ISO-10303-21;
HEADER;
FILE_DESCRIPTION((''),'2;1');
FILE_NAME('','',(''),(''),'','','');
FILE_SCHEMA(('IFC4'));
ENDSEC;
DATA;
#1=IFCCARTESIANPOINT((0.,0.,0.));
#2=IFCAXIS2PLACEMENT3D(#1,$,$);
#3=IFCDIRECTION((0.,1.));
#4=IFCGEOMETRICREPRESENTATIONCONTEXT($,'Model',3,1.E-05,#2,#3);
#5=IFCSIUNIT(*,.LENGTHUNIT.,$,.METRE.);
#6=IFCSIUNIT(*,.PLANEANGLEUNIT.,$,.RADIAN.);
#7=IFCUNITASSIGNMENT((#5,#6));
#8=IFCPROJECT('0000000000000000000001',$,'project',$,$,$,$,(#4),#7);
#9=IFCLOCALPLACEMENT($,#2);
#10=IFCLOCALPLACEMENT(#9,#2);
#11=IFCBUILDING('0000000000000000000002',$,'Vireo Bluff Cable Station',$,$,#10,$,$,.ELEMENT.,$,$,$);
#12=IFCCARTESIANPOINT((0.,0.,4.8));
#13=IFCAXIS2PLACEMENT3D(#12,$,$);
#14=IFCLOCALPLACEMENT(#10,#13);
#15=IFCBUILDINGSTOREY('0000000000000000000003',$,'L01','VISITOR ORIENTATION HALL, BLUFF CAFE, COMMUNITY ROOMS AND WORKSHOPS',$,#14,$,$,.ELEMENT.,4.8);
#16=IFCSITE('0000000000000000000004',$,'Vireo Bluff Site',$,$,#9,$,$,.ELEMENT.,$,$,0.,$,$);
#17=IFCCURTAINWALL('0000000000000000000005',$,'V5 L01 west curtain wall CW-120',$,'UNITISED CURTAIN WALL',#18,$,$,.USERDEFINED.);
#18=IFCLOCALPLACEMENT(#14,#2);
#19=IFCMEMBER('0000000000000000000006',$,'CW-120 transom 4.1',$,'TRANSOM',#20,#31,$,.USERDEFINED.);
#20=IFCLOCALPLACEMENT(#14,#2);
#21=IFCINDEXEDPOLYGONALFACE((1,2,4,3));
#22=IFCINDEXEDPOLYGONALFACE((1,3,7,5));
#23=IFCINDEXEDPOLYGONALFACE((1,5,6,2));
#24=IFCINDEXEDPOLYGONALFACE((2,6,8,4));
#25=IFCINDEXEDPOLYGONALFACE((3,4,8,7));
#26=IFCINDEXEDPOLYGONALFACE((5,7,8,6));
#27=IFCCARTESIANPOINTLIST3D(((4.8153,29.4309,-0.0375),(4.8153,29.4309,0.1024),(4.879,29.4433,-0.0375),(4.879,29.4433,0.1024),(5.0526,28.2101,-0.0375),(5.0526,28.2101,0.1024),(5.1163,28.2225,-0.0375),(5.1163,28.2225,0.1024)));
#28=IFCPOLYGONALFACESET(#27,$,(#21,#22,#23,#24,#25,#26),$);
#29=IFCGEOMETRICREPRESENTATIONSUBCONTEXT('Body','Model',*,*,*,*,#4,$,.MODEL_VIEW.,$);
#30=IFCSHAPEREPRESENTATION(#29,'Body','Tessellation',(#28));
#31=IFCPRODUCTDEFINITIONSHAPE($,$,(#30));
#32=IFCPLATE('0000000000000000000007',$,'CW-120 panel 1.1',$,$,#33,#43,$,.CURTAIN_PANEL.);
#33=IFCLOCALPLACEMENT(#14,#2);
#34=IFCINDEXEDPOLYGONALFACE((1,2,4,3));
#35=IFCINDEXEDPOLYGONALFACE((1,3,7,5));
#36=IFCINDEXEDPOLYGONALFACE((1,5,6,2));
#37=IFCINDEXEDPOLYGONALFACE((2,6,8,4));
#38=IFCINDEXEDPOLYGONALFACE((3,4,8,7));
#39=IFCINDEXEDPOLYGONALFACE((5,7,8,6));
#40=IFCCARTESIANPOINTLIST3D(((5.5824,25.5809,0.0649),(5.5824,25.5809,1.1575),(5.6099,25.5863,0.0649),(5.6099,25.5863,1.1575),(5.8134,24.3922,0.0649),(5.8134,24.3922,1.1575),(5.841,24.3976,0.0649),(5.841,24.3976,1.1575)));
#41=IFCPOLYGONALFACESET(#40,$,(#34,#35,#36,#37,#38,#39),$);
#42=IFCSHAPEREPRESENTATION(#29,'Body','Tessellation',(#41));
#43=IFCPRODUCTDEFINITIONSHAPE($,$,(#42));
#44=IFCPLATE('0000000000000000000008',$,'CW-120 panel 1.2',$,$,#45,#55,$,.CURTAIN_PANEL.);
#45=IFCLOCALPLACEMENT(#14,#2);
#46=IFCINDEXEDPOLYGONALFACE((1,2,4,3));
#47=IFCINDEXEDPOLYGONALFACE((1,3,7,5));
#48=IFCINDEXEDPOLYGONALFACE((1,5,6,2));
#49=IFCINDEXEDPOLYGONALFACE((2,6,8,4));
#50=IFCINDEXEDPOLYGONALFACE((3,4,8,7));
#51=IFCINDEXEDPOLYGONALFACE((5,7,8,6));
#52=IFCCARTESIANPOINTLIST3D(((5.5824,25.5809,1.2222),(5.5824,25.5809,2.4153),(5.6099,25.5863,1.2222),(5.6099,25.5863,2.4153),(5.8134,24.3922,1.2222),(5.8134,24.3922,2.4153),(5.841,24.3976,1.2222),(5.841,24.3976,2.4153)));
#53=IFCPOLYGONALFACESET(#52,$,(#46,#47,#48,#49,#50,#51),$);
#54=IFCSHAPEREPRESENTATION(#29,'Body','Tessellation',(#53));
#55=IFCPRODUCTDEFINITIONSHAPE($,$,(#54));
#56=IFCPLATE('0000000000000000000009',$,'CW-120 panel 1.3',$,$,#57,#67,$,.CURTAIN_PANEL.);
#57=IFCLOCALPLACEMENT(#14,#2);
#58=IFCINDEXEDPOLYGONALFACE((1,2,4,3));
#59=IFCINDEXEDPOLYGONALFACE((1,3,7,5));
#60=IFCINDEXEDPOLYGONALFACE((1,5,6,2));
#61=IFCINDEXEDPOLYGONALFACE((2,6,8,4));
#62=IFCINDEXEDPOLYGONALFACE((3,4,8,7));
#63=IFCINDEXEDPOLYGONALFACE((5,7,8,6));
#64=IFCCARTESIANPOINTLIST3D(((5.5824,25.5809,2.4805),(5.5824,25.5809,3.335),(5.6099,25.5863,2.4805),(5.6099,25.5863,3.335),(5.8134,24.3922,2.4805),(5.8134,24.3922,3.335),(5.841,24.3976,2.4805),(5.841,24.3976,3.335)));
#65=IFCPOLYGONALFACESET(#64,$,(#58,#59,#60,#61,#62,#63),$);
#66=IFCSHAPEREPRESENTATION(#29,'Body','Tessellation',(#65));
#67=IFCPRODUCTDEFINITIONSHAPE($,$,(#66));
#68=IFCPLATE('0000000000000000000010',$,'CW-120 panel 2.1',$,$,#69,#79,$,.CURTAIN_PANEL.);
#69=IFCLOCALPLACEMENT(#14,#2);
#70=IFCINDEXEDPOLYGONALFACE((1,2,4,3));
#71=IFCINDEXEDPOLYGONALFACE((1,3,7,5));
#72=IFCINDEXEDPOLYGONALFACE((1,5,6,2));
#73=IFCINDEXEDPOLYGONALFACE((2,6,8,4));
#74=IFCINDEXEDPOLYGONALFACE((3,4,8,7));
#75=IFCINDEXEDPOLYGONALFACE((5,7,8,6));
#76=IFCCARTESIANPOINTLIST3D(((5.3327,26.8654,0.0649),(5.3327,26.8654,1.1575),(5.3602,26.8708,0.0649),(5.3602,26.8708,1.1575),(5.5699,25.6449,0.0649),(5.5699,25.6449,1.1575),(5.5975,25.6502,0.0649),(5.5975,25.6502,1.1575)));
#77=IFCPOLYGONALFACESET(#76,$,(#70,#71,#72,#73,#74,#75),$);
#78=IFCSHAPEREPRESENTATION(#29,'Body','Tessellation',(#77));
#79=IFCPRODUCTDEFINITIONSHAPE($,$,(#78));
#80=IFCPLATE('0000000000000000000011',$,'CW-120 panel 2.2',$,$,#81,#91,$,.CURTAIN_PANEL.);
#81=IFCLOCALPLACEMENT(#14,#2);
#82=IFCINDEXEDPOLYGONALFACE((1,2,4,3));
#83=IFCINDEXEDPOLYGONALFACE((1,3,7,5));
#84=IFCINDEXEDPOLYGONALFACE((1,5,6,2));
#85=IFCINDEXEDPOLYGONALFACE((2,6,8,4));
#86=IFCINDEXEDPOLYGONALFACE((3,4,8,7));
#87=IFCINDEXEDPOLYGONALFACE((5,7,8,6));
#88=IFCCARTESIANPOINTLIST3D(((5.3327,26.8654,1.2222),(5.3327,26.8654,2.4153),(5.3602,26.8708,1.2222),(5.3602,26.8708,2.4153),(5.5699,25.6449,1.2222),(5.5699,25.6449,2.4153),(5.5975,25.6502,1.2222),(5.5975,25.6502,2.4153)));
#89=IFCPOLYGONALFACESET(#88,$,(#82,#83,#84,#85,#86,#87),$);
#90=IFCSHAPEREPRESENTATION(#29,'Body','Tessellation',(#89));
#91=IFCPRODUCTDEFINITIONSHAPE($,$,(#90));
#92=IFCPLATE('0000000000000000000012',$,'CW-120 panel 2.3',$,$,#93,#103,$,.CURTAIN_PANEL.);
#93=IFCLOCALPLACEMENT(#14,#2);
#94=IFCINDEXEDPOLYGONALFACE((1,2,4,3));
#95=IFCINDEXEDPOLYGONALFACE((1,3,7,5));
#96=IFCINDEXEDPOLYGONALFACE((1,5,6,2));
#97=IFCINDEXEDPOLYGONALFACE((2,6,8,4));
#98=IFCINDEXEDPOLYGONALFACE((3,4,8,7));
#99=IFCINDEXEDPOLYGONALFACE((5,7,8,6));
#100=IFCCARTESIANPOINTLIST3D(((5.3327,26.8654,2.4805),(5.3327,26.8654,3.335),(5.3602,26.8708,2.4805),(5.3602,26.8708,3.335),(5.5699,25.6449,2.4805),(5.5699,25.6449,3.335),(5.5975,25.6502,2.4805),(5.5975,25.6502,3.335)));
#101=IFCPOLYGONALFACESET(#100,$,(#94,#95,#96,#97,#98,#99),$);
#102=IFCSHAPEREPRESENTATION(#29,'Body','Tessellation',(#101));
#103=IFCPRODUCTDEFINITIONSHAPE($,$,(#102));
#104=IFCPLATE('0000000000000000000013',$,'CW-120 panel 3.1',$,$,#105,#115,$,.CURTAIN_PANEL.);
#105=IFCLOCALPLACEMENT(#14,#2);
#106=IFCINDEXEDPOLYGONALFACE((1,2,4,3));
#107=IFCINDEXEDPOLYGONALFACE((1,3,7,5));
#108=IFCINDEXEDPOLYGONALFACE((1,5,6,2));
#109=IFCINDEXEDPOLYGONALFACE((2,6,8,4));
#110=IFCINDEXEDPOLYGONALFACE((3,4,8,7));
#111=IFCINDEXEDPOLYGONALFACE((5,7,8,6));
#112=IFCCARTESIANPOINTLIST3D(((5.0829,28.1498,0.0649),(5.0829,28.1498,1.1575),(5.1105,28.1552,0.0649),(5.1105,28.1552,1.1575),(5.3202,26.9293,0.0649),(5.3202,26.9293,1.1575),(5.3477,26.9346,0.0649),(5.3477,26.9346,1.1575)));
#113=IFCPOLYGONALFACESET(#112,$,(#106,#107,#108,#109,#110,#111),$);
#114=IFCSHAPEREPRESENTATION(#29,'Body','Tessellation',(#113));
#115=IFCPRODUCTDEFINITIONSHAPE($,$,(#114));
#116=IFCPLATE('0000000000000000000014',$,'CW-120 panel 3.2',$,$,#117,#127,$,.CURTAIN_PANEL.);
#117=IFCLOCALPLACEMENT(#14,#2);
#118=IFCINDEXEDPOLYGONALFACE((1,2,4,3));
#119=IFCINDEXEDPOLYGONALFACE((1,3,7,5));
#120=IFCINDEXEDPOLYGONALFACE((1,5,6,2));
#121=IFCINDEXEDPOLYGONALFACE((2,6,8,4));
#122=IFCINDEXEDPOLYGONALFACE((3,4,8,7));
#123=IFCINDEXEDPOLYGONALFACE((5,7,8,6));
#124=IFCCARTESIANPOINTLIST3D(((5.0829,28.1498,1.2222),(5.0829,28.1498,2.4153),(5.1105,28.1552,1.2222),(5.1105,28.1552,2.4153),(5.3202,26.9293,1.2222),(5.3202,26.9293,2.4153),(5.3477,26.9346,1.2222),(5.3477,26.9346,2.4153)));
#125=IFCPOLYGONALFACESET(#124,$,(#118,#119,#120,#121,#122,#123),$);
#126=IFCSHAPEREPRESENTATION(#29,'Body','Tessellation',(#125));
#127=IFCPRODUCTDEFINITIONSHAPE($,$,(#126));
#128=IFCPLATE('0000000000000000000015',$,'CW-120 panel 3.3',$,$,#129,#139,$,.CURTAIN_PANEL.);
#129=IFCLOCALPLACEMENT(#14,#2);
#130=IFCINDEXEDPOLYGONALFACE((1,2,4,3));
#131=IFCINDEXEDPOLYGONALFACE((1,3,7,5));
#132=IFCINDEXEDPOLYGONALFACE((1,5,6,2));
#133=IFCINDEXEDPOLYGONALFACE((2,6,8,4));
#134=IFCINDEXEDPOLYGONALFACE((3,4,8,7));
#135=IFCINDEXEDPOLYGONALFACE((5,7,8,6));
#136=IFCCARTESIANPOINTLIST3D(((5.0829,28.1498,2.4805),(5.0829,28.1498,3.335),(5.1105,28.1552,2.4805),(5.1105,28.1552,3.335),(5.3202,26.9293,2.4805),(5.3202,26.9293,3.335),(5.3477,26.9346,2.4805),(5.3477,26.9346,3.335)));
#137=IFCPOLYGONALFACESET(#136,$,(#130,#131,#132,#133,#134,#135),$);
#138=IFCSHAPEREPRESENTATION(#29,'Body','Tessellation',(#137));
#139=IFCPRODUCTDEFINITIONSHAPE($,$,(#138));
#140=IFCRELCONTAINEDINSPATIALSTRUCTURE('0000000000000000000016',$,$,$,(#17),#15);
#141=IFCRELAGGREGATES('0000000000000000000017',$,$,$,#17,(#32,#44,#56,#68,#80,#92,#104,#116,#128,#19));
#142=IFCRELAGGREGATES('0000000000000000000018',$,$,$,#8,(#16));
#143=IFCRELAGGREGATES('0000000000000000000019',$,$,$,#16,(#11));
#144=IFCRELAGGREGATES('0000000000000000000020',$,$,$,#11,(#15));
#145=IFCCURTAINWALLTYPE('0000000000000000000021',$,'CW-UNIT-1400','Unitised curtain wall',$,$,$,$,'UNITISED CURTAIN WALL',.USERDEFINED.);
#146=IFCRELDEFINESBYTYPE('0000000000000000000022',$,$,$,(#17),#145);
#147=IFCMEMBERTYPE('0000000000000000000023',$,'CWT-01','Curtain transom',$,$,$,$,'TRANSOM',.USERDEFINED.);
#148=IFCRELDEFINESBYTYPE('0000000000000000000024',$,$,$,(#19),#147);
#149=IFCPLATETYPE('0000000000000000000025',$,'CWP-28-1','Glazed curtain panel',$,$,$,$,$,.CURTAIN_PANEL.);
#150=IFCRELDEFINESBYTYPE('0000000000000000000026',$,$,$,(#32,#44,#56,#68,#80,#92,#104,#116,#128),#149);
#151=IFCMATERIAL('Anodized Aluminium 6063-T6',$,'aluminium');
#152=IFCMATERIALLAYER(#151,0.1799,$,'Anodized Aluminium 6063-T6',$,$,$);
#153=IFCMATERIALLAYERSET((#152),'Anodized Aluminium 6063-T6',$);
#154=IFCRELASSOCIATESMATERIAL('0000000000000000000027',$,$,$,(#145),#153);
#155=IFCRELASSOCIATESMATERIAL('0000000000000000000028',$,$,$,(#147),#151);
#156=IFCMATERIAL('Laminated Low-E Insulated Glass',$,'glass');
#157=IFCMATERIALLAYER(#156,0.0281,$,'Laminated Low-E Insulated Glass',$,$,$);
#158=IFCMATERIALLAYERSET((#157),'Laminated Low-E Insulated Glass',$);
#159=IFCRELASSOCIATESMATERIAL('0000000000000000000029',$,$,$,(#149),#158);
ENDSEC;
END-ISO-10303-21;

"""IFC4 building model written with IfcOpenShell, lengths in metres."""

from ifc_helpers import new_model, si_unit, direction, frame, origin, origin_2d, place, context, subcontext, project, spatial, rectangle, extrude, material, layer, layer_set, material_profile, profile_set, type_object, element, aggregate, save


model = new_model("IFC4")

# Units and contexts
model_context = context("Model", 3, precision=1e-05, world=origin(), true_north=direction((0.0, 1.0)))
body_context = subcontext(model_context, "Body", "Model", "MODEL_VIEW")
ifc_project = project(units=[si_unit("LENGTHUNIT", "METRE"), si_unit("PLANEANGLEUNIT", "RADIAN")], contexts=[model_context])

# Site, building, storey
site_placement = place(None, origin())
site = spatial("IfcSite", under=ifc_project, at=site_placement, Name="Vireo Bluff Site", CompositionType="ELEMENT", RefElevation=0.0)
building_placement = place(site_placement, origin())
building = spatial("IfcBuilding", under=site, at=building_placement, Name="Vireo Bluff Cable Station", CompositionType="ELEMENT")
storey_placement = place(building_placement, frame((0.0, 0.0, 4.8)))
storey = spatial("IfcBuildingStorey", under=building, at=storey_placement, Name="L01", Description="VISITOR ORIENTATION HALL, BLUFF CAFE, COMMUNITY ROOMS AND WORKSHOPS", CompositionType="ELEMENT", Elevation=4.8)

# Curtain wall, member, plates
ifc_material_1 = material(Name="Anodized Aluminium 6063-T6", Category="aluminium")
ifc_layer_1 = layer(ifc_material_1, 0.1799, Name="Anodized Aluminium 6063-T6")
ifc_layer_set_1 = layer_set([ifc_layer_1], Name="Anodized Aluminium 6063-T6")
curtain_wall_type = type_object("IfcCurtainWallType", Name="CW-UNIT-1400", Description="Unitised curtain wall", ElementType="UNITISED CURTAIN WALL", PredefinedType="USERDEFINED", material=ifc_layer_set_1)
curtain_wall_placement = place(storey_placement, origin())
curtain_wall = element("IfcCurtainWall", 1, at=curtain_wall_placement, inside=storey, type_object=curtain_wall_type, Name="V5 L01 west curtain wall CW-120", ObjectType="UNITISED CURTAIN WALL", PredefinedType="USERDEFINED")
ifc_material_profile_1 = material_profile(ifc_material_1, rectangle(XDim=0.0649, YDim=0.1399, at=origin_2d()), Name="ALU-T-65X140")
ifc_profile_set_1 = profile_set([ifc_material_profile_1], Name="Anodized Aluminium 6063-T6")
member_type_1 = type_object("IfcMemberType", Name="CWT-01", Description="Curtain transom", ElementType="TRANSOM", PredefinedType="USERDEFINED", material=ifc_profile_set_1)
member_1_placement = place(storey_placement, frame((5.0845, 28.2163, 0.0325), z_axis=(-0.190828, 0.981624, 0.0), x_axis=(-0.981624, -0.190828, 0.0)))
member_1 = element("IfcMember", 2, at=member_1_placement, type_object=member_type_1, Name="CW-120 transom 4.1", ObjectType="TRANSOM", PredefinedType="USERDEFINED", context=body_context, shape_type="SweptSolid", body=[
    extrude(rectangle(XDim=0.0649, YDim=0.1399, at=origin_2d()), origin(), (0.0, 0.0, 1.0), 1.2437),
])
ifc_material_2 = material(Name="Laminated Low-E Insulated Glass", Category="glass")
ifc_layer_2 = layer(ifc_material_2, 0.0281, Name="Laminated Low-E Insulated Glass")
ifc_layer_set_2 = layer_set([ifc_layer_2], Name="Laminated Low-E Insulated Glass")
plate_type = type_object("IfcPlateType", Name="CWP-28-1", Description="Glazed curtain panel", PredefinedType="CURTAIN_PANEL", material=ifc_layer_set_2)
plate_1_placement = place(storey_placement, frame((5.7117, 24.9893, 0.0649), z_axis=(0.0, 0.0, 1.0), x_axis=(-0.190809, 0.981627, 0.0)))
plate_1 = element("IfcPlate", 3, at=plate_1_placement, type_object=plate_type, Name="CW-120 panel 1.1", PredefinedType="CURTAIN_PANEL", context=body_context, shape_type="SweptSolid", body=[
    extrude(rectangle(XDim=1.2109, YDim=0.0281, at=origin_2d()), origin(), (0.0, 0.0, 1.0), 1.0925),
])
plate_2_placement = place(storey_placement, frame((5.7117, 24.9893, 1.2222), z_axis=(0.0, 0.0, 1.0), x_axis=(-0.190809, 0.981627, 0.0)))
plate_2 = element("IfcPlate", 4, at=plate_2_placement, type_object=plate_type, Name="CW-120 panel 1.2", PredefinedType="CURTAIN_PANEL", context=body_context, shape_type="SweptSolid", body=[
    extrude(rectangle(XDim=1.2109, YDim=0.0281, at=origin_2d()), origin(), (0.0, 0.0, 1.0), 1.1931),
])
plate_3_placement = place(storey_placement, frame((5.7117, 24.9893, 2.4805), z_axis=(0.0, 0.0, 1.0), x_axis=(-0.190809, 0.981627, 0.0)))
plate_3 = element("IfcPlate", 5, at=plate_3_placement, type_object=plate_type, Name="CW-120 panel 1.3", PredefinedType="CURTAIN_PANEL", context=body_context, shape_type="SweptSolid", body=[
    extrude(rectangle(XDim=1.2109, YDim=0.0281, at=origin_2d()), origin(), (0.0, 0.0, 1.0), 0.8545),
])
plate_4_placement = place(storey_placement, frame((5.4651, 26.2578, 0.0649), z_axis=(0.0, 0.0, 1.0), x_axis=(-0.190809, 0.981627, 0.0)))
plate_4 = element("IfcPlate", 6, at=plate_4_placement, type_object=plate_type, Name="CW-120 panel 2.1", PredefinedType="CURTAIN_PANEL", context=body_context, shape_type="SweptSolid", body=[
    extrude(rectangle(XDim=1.2434, YDim=0.0281, at=origin_2d()), origin(), (0.0, 0.0, 1.0), 1.0925),
])
plate_5_placement = place(storey_placement, frame((5.4651, 26.2578, 1.2222), z_axis=(0.0, 0.0, 1.0), x_axis=(-0.190809, 0.981627, 0.0)))
plate_5 = element("IfcPlate", 7, at=plate_5_placement, type_object=plate_type, Name="CW-120 panel 2.2", PredefinedType="CURTAIN_PANEL", context=body_context, shape_type="SweptSolid", body=[
    extrude(rectangle(XDim=1.2434, YDim=0.0281, at=origin_2d()), origin(), (0.0, 0.0, 1.0), 1.1931),
])
plate_6_placement = place(storey_placement, frame((5.4651, 26.2578, 2.4805), z_axis=(0.0, 0.0, 1.0), x_axis=(-0.190809, 0.981627, 0.0)))
plate_6 = element("IfcPlate", 8, at=plate_6_placement, type_object=plate_type, Name="CW-120 panel 2.3", PredefinedType="CURTAIN_PANEL", context=body_context, shape_type="SweptSolid", body=[
    extrude(rectangle(XDim=1.2434, YDim=0.0281, at=origin_2d()), origin(), (0.0, 0.0, 1.0), 0.8545),
])
plate_7_placement = place(storey_placement, frame((5.2153, 27.5422, 0.0649), z_axis=(0.0, 0.0, 1.0), x_axis=(-0.190809, 0.981627, 0.0)))
plate_7 = element("IfcPlate", 9, at=plate_7_placement, type_object=plate_type, Name="CW-120 panel 3.1", PredefinedType="CURTAIN_PANEL", context=body_context, shape_type="SweptSolid", body=[
    extrude(rectangle(XDim=1.2434, YDim=0.0281, at=origin_2d()), origin(), (0.0, 0.0, 1.0), 1.0925),
])
plate_8_placement = place(storey_placement, frame((5.2153, 27.5422, 1.2222), z_axis=(0.0, 0.0, 1.0), x_axis=(-0.190809, 0.981627, 0.0)))
plate_8 = element("IfcPlate", 10, at=plate_8_placement, type_object=plate_type, Name="CW-120 panel 3.2", PredefinedType="CURTAIN_PANEL", context=body_context, shape_type="SweptSolid", body=[
    extrude(rectangle(XDim=1.2434, YDim=0.0281, at=origin_2d()), origin(), (0.0, 0.0, 1.0), 1.1931),
])
plate_9_placement = place(storey_placement, frame((5.2153, 27.5422, 2.4805), z_axis=(0.0, 0.0, 1.0), x_axis=(-0.190809, 0.981627, 0.0)))
plate_9 = element("IfcPlate", 11, at=plate_9_placement, type_object=plate_type, Name="CW-120 panel 3.3", PredefinedType="CURTAIN_PANEL", context=body_context, shape_type="SweptSolid", body=[
    extrude(rectangle(XDim=1.2434, YDim=0.0281, at=origin_2d()), origin(), (0.0, 0.0, 1.0), 0.8545),
])
aggregate(curtain_wall, [plate_1, plate_2, plate_3, plate_4, plate_5, plate_6, plate_7, plate_8, plate_9, member_1])

save(model, "model.ifc")
